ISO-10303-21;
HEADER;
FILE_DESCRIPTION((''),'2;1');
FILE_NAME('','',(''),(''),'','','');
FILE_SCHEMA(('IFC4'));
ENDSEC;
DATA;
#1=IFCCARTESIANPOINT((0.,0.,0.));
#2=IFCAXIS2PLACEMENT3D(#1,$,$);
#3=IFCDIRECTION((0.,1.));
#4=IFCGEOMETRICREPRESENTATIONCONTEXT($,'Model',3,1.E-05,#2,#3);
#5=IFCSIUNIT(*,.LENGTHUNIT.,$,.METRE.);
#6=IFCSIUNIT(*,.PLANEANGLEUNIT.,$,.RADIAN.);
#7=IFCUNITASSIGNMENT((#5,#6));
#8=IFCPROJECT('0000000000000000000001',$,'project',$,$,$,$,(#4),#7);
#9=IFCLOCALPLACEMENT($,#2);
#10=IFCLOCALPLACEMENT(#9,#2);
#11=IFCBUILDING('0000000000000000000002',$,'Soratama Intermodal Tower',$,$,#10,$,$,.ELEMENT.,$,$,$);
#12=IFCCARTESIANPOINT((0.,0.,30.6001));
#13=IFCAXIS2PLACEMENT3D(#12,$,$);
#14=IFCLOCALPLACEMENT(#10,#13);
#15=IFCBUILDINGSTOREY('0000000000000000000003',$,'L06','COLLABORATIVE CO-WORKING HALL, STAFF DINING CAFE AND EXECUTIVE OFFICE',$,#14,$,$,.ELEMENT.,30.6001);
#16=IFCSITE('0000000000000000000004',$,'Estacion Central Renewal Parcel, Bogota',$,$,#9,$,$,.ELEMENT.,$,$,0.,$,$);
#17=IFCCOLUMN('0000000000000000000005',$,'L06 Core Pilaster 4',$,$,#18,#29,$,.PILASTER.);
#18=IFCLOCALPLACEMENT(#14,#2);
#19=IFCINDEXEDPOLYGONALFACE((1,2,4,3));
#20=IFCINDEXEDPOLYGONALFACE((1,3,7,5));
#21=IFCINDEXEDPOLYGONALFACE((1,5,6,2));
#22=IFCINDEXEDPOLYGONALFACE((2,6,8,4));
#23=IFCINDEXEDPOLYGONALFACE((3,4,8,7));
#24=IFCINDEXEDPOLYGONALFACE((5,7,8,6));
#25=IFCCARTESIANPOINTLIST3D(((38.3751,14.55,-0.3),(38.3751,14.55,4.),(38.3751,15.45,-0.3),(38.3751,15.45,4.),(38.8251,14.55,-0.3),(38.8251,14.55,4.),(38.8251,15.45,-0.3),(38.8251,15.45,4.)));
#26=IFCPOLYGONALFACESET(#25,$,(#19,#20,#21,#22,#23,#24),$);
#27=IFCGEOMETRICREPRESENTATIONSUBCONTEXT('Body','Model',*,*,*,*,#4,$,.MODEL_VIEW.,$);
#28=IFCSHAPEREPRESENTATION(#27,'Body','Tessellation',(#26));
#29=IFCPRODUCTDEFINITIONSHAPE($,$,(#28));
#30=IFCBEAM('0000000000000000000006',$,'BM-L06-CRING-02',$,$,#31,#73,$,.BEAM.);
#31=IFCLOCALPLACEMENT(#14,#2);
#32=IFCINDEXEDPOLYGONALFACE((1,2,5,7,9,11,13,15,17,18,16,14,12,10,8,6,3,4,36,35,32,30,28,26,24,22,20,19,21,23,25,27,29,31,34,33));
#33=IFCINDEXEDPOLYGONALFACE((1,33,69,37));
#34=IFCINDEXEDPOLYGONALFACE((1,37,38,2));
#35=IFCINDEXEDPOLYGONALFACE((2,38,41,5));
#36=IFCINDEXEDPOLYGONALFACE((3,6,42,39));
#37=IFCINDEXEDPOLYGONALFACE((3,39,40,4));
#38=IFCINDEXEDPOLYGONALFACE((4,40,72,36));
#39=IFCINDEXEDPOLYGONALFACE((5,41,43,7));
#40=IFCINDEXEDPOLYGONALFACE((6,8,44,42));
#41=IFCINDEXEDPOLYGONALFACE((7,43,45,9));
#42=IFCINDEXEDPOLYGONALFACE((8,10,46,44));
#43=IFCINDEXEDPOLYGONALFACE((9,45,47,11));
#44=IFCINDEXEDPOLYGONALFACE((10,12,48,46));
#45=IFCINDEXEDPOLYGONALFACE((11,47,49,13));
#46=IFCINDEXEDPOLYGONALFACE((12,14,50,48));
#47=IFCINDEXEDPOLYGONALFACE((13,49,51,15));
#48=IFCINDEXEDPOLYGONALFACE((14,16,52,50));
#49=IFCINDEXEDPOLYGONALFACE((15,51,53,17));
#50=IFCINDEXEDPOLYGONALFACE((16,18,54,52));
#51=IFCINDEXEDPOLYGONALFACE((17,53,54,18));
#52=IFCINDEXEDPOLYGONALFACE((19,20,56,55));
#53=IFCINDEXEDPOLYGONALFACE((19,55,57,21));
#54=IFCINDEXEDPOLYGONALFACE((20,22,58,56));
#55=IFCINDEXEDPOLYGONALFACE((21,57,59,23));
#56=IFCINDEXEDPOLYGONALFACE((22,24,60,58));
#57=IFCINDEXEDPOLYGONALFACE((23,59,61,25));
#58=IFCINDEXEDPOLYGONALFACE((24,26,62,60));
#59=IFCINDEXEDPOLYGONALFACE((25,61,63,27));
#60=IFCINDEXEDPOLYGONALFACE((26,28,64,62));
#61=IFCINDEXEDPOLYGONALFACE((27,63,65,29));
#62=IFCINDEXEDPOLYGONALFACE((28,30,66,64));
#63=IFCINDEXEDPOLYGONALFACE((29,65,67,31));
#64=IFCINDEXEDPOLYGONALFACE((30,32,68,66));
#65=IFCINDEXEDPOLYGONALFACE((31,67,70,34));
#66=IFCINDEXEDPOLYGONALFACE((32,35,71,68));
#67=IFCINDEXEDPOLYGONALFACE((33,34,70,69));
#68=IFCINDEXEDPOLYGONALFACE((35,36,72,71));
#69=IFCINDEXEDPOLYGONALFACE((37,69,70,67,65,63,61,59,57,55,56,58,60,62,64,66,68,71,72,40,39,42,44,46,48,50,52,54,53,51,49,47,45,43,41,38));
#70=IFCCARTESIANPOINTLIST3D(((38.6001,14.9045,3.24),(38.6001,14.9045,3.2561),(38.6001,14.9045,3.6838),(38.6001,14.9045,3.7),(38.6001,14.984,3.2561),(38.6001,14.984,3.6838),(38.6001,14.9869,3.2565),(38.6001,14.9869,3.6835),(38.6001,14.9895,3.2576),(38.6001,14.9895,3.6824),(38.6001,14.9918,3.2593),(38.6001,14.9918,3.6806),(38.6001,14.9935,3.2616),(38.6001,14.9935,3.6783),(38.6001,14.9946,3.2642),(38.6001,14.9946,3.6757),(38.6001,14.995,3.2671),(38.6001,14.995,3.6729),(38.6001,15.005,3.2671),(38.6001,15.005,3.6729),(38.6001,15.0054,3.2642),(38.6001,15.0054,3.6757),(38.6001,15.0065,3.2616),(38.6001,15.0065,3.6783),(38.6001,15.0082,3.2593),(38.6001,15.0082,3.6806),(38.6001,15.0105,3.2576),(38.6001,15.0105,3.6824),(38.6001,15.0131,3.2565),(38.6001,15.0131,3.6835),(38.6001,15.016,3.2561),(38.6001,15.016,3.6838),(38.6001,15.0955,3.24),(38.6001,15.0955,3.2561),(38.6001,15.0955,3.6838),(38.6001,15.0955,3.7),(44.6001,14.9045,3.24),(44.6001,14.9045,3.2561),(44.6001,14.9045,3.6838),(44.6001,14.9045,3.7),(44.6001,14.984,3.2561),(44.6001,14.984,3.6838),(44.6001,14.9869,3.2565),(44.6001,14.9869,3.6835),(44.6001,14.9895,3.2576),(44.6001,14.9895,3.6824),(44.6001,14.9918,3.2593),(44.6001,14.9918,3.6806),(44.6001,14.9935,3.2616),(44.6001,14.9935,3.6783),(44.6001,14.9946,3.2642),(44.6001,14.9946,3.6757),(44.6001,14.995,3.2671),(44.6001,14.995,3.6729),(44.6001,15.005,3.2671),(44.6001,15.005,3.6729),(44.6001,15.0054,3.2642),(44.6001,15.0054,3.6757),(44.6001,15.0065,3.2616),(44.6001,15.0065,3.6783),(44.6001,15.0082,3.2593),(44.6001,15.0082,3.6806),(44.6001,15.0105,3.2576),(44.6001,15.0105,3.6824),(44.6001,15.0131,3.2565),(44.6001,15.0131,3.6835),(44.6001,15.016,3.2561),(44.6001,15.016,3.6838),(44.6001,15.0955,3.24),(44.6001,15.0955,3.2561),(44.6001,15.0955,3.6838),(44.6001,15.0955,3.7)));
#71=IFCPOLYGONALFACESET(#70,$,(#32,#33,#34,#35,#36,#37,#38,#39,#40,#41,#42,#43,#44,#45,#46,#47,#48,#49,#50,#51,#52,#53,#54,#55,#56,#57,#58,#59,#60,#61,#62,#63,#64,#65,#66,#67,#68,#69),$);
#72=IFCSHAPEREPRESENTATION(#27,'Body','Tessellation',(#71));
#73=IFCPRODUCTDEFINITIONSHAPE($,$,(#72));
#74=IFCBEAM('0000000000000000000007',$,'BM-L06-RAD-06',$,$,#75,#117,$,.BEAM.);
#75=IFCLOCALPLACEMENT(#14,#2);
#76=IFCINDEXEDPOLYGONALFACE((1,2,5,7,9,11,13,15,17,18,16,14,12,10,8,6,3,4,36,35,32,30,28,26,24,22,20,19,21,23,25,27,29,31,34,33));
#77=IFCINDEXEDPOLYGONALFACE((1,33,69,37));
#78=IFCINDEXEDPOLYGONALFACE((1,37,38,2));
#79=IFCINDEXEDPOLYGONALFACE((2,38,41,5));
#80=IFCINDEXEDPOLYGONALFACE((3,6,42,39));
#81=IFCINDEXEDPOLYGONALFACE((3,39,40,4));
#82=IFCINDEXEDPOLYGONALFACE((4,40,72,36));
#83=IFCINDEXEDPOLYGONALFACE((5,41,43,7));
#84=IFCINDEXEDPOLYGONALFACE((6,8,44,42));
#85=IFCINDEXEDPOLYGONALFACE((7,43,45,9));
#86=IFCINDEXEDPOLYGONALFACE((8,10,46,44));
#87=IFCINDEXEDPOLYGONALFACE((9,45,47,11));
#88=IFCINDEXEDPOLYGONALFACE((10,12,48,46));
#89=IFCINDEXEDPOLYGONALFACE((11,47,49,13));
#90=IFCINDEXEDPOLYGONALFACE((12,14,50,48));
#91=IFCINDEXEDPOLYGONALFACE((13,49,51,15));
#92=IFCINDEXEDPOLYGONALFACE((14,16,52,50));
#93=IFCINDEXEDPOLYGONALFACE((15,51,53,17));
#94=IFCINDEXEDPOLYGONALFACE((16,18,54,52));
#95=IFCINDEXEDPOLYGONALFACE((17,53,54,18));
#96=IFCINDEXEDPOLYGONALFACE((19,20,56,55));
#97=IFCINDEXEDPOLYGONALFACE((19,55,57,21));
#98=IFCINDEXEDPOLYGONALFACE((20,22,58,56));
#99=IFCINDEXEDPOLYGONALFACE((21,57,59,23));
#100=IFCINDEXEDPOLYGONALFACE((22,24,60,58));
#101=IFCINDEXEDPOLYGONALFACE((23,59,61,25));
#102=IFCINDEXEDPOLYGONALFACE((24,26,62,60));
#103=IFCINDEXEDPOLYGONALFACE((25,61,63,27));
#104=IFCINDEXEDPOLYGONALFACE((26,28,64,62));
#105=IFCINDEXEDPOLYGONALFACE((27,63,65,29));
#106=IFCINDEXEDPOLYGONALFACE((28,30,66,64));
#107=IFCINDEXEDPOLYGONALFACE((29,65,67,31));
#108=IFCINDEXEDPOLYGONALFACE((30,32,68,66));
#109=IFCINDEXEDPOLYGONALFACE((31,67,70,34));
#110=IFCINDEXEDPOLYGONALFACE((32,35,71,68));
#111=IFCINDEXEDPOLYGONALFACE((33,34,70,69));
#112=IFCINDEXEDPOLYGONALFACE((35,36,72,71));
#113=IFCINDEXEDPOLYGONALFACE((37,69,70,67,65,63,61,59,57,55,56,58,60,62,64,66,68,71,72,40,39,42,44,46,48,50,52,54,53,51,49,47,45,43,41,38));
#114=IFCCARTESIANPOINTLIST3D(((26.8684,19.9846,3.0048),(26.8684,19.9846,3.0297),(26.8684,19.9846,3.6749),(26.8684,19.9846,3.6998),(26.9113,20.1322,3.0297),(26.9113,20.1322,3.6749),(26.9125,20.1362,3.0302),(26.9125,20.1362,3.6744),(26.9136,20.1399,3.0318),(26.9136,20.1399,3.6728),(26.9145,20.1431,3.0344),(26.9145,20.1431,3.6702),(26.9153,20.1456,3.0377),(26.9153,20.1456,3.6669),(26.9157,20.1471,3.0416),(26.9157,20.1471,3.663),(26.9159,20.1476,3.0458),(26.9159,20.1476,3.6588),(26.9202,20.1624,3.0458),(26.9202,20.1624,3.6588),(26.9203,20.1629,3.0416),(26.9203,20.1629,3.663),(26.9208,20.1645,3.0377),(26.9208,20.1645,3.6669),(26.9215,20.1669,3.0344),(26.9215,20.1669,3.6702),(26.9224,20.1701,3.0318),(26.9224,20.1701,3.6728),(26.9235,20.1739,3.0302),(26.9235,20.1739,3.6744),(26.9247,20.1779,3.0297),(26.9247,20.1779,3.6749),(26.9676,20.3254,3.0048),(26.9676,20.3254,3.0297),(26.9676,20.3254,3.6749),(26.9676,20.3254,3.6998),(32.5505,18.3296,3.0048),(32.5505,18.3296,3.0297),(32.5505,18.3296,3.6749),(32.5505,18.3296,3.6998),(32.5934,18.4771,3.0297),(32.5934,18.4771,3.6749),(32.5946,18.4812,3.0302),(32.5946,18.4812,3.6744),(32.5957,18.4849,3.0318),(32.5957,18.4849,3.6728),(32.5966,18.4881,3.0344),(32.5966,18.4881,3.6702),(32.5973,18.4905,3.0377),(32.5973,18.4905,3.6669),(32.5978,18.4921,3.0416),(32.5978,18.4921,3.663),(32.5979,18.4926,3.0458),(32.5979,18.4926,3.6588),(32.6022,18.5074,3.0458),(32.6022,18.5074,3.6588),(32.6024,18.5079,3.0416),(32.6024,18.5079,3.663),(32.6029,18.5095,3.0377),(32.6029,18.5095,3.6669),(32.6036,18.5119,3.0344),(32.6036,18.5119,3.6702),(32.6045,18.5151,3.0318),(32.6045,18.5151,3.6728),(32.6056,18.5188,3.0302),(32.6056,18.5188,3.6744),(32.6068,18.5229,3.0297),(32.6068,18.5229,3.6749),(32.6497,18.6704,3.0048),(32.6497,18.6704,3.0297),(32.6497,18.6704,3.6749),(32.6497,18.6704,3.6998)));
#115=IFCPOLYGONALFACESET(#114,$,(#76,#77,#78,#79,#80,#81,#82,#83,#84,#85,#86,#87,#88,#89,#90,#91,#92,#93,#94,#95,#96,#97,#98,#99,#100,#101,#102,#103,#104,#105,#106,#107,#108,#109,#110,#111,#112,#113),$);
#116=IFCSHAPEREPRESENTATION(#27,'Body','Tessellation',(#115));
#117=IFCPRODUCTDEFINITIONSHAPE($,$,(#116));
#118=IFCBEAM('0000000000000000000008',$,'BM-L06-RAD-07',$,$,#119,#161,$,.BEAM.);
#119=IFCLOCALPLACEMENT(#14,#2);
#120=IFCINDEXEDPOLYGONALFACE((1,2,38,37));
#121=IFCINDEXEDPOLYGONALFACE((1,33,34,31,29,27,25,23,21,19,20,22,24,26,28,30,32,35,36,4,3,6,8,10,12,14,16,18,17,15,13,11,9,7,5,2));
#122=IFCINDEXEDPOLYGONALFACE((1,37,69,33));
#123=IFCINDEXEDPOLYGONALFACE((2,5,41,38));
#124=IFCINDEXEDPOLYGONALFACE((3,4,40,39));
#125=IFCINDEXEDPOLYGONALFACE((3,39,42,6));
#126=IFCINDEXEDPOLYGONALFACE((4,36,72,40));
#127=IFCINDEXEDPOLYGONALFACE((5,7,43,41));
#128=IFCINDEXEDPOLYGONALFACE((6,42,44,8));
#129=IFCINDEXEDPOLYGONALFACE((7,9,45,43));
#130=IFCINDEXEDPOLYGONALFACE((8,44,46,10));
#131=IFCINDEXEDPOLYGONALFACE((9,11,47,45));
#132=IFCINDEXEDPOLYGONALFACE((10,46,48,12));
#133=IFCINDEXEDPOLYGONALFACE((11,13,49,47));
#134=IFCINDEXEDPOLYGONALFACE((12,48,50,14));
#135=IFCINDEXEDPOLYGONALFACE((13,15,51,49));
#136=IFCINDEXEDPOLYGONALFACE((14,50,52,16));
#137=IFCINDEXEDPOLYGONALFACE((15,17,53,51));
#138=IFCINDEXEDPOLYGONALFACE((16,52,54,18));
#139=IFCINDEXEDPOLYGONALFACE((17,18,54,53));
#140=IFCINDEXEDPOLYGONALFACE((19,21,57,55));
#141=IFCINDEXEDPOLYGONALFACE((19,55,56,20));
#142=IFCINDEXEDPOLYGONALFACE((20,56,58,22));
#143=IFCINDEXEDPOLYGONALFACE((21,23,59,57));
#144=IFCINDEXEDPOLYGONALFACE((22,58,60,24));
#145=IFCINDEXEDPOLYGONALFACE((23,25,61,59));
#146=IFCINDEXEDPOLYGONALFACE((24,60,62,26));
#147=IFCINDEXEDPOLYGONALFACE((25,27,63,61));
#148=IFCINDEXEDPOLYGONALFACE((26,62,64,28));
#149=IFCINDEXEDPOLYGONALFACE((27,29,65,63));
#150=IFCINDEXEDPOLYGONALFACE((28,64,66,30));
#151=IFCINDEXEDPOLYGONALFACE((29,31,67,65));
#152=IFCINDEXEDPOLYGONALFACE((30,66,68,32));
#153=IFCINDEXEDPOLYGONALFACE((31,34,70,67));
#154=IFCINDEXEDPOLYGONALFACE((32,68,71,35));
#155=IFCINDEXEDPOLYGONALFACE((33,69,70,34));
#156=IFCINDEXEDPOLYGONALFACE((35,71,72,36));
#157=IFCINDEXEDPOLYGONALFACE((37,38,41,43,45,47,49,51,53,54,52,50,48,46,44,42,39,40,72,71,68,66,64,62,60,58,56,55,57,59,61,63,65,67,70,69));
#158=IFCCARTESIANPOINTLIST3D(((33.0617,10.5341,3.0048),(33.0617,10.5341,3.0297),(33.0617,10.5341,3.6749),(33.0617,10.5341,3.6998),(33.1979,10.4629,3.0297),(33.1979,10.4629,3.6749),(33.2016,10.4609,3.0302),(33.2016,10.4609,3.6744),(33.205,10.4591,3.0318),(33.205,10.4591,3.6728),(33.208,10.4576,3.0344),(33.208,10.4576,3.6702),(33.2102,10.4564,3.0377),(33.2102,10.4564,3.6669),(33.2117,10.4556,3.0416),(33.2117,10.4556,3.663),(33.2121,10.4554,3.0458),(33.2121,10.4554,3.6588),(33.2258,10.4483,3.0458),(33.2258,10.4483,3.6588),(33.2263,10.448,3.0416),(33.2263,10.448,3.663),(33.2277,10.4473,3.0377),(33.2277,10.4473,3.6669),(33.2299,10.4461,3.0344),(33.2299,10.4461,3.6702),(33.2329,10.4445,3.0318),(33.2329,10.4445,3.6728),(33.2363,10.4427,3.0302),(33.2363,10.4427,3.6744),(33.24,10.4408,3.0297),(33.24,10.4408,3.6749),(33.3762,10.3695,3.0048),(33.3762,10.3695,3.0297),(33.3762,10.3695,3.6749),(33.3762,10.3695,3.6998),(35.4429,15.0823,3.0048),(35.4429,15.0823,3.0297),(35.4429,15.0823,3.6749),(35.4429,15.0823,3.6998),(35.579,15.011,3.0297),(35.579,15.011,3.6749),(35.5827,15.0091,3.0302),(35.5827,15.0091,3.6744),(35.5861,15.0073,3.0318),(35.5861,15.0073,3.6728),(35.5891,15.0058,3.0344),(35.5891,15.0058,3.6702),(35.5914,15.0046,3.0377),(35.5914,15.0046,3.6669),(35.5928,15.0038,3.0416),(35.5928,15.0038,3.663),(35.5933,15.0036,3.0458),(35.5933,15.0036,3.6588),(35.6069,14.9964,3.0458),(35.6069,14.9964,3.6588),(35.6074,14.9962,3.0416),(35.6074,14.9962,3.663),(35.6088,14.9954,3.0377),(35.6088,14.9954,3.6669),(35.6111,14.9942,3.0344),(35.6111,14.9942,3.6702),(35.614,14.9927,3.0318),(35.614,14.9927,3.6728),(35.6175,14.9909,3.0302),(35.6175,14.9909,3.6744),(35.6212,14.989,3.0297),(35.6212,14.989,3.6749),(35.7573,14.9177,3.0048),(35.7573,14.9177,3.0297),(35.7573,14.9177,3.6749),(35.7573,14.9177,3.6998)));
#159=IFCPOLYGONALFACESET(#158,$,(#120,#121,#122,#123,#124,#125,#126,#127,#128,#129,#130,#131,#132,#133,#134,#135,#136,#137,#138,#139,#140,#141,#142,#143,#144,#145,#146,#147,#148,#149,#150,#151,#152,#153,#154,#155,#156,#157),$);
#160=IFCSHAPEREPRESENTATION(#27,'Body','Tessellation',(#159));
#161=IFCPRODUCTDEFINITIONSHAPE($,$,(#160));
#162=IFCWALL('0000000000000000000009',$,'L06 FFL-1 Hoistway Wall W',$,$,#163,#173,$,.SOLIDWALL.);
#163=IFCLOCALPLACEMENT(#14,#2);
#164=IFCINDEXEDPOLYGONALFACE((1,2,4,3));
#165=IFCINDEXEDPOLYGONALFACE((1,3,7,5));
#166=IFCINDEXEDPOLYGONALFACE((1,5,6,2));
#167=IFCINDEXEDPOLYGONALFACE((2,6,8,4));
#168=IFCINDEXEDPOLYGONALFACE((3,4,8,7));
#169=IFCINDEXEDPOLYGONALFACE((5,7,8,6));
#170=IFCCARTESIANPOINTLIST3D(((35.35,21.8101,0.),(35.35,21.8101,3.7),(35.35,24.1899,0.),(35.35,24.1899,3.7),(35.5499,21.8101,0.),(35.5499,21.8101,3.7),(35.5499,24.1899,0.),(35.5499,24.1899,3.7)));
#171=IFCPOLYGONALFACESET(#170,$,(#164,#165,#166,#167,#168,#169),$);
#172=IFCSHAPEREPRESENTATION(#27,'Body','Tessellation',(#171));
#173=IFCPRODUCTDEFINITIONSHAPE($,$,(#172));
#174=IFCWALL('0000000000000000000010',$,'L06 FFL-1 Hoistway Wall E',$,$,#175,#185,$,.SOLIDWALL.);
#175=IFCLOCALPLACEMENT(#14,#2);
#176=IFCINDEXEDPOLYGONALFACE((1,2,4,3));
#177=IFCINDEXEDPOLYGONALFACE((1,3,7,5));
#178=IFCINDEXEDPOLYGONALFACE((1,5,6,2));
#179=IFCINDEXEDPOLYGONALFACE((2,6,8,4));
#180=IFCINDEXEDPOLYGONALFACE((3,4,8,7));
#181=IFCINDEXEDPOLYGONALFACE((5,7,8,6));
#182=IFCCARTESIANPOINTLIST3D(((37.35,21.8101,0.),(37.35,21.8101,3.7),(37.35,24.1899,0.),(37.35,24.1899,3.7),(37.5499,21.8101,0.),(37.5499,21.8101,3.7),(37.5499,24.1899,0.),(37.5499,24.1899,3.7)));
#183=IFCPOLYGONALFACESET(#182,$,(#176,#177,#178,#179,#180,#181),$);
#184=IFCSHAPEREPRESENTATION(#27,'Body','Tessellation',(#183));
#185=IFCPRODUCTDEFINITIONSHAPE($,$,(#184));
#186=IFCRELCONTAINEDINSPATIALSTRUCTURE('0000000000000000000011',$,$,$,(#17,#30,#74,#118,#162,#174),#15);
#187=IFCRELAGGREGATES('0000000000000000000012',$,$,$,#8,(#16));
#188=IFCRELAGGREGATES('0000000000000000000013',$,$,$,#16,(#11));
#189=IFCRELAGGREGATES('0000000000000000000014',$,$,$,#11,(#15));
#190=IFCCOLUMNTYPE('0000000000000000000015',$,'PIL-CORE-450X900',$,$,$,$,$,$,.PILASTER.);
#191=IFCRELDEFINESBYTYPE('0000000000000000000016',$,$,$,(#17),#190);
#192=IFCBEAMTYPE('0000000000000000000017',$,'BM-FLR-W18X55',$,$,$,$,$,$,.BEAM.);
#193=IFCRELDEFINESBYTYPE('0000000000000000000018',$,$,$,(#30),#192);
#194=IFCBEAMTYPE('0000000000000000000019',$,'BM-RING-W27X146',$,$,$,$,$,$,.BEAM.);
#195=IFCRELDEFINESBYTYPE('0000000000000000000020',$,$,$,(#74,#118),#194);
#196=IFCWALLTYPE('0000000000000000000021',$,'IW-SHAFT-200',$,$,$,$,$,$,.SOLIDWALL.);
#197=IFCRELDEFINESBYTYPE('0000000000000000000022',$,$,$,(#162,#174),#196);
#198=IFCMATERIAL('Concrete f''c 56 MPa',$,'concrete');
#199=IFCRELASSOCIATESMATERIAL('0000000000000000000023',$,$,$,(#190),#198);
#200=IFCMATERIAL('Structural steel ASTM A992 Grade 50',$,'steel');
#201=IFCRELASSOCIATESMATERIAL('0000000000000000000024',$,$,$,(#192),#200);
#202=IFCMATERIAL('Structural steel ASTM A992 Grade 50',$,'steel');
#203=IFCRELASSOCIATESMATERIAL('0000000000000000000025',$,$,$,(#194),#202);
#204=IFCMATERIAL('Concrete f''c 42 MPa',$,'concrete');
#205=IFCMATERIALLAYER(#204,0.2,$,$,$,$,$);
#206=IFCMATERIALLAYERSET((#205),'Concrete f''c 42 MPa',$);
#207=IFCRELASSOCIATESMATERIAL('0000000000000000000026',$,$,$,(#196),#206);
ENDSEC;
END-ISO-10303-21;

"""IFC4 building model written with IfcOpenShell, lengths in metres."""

from ifc_helpers import new_model, si_unit, direction, frame, frame_2d, origin, origin_2d, place, context, subcontext, project, spatial, rectangle, i_section, extrude, material, layer, layer_set, material_profile, profile_set, type_object, element, save


model = new_model("IFC4")

# Units and contexts
model_context = context("Model", 3, precision=1e-05, world=origin(), true_north=direction((0.0, 1.0)))
body_context = subcontext(model_context, "Body", "Model", "MODEL_VIEW")
ifc_project = project(units=[si_unit("LENGTHUNIT", "METRE"), si_unit("PLANEANGLEUNIT", "RADIAN")], contexts=[model_context])

# Site, building, storey
site_placement = place(None, origin())
site = spatial("IfcSite", under=ifc_project, at=site_placement, Name="Estacion Central Renewal Parcel, Bogota", CompositionType="ELEMENT", RefElevation=0.0)
building_placement = place(site_placement, origin())
building = spatial("IfcBuilding", under=site, at=building_placement, Name="Soratama Intermodal Tower", CompositionType="ELEMENT")
storey_placement = place(building_placement, frame((0.0, 0.0, 30.6001)))
storey = spatial("IfcBuildingStorey", under=building, at=storey_placement, Name="L06", Description="COLLABORATIVE CO-WORKING HALL, STAFF DINING CAFE AND EXECUTIVE OFFICE", CompositionType="ELEMENT", Elevation=30.6001)

# Column
ifc_material_1 = material(Name="Concrete f'c 56 MPa", Category="concrete")
ifc_material_profile_1 = material_profile(ifc_material_1, rectangle(XDim=0.45, YDim=0.8999, at=origin_2d()), Name="RC450X900")
ifc_profile_set_1 = profile_set([ifc_material_profile_1], Name="Concrete f'c 56 MPa")
column_type = type_object("IfcColumnType", Name="PIL-CORE-450X900", PredefinedType="PILASTER", material=ifc_profile_set_1)
column_placement = place(storey_placement, frame((38.6001, 15.0, -0.3), z_axis=(0.0, 0.0, 1.0), x_axis=(1.0, 0.0, 0.0)))
element("IfcColumn", 1, at=column_placement, inside=storey, type_object=column_type, Name="L06 Core Pilaster 4", PredefinedType="PILASTER", context=body_context, shape_type="SweptSolid", body=[
    extrude(rectangle(XDim=0.45, YDim=0.8999, at=origin_2d()), origin(), (0.0, 0.0, 1.0), 4.3),
])

# Beams
ifc_material_2 = material(Name="Structural steel ASTM A992 Grade 50", Category="steel")
ifc_material_profile_2 = material_profile(ifc_material_2, i_section(OverallWidth=0.1909, OverallDepth=0.46, WebThickness=0.01, FlangeThickness=0.0161, FilletRadius=0.011, at=origin_2d()), Name="W18X55")
ifc_profile_set_2 = profile_set([ifc_material_profile_2], Name="Structural steel ASTM A992 Grade 50")
beam_type_1 = type_object("IfcBeamType", Name="BM-FLR-W18X55", PredefinedType="BEAM", material=ifc_profile_set_2)
beam_1_placement = place(storey_placement, frame((38.6001, 15.0, 3.47), z_axis=(1.0, 0.0, 0.0), x_axis=(0.0, 1.0, 0.0)))
element("IfcBeam", 2, at=beam_1_placement, inside=storey, type_object=beam_type_1, Name="BM-L06-CRING-02", PredefinedType="BEAM", context=body_context, shape_type="SweptSolid", body=[
    extrude(i_section(OverallWidth=0.1909, OverallDepth=0.46, WebThickness=0.01, FlangeThickness=0.0161, FilletRadius=0.011, at=origin_2d()), origin(), (0.0, 0.0, 1.0), 6.0),
])
ifc_material_3 = material(Name="Structural steel ASTM A992 Grade 50", Category="steel")
ifc_material_profile_3 = material_profile(ifc_material_3, i_section(OverallWidth=0.355, OverallDepth=0.6951, WebThickness=0.0154, FlangeThickness=0.0249, FilletRadius=0.0161, at=origin_2d()), Name="W27X146")
ifc_profile_set_3 = profile_set([ifc_material_profile_3], Name="Structural steel ASTM A992 Grade 50")
beam_type_2 = type_object("IfcBeamType", Name="BM-RING-W27X146", PredefinedType="BEAM", material=ifc_profile_set_3)
beam_2_placement = place(storey_placement, frame((32.6001, 18.5, 3.3523), z_axis=(-0.960103, 0.279648, 0.0), x_axis=(-0.279648, -0.960103, 0.0)))
element("IfcBeam", 3, at=beam_2_placement, inside=storey, type_object=beam_type_2, Name="BM-L06-RAD-06", PredefinedType="BEAM", context=body_context, shape_type="SweptSolid", body=[
    extrude(i_section(OverallWidth=0.355, OverallDepth=0.6951, WebThickness=0.0154, FlangeThickness=0.0249, FilletRadius=0.0161, at=origin_2d()), origin(), (0.0, 0.0, 1.0), 5.9182),
])
beam_3_placement = place(storey_placement, frame((35.6001, 15.0, 3.3523), z_axis=(-0.463819, -0.88593, 0.0), x_axis=(0.88593, -0.463819, 0.0)))
element("IfcBeam", 4, at=beam_3_placement, inside=storey, type_object=beam_type_2, Name="BM-L06-RAD-07", PredefinedType="BEAM", context=body_context, shape_type="SweptSolid", body=[
    extrude(i_section(OverallWidth=0.355, OverallDepth=0.6951, WebThickness=0.0154, FlangeThickness=0.0249, FilletRadius=0.0161, at=origin_2d()), origin(), (0.0, 0.0, 1.0), 5.1338),
])

# Shared definitions
ifc_material_4 = material(Name="Concrete f'c 42 MPa", Category="concrete")
ifc_layer_1 = layer(ifc_material_4, 0.2)
ifc_layer_set_1 = layer_set([ifc_layer_1], Name="Concrete f'c 42 MPa")
wall_type_1 = type_object("IfcWallType", Name="IW-SHAFT-200", PredefinedType="SOLIDWALL", material=ifc_layer_set_1)

# Walls
for number, where, z_axis, x_axis, name in (
    (5, (35.45, 21.8101, 0.0), (0.0, 0.0, 1.0), (0.0, 1.0, 0.0), "L06 FFL-1 Hoistway Wall W"),
    (6, (37.45, 21.8101, 0.0), (0.0, 0.0, 1.0), (0.0, 1.0, 0.0), "L06 FFL-1 Hoistway Wall E"),
):
    element("IfcWall", number, at=place(storey_placement, frame(where, z_axis=z_axis, x_axis=x_axis)), inside=storey, type_object=wall_type_1, Name=name, PredefinedType="SOLIDWALL", context=body_context, shape_type="SweptSolid", body=[
        extrude(rectangle(XDim=2.3799, YDim=0.2, at=frame_2d((1.1899, 0.0))), origin(), (0.0, 0.0, 1.0), 3.7),
    ])

save(model, "model.ifc")
